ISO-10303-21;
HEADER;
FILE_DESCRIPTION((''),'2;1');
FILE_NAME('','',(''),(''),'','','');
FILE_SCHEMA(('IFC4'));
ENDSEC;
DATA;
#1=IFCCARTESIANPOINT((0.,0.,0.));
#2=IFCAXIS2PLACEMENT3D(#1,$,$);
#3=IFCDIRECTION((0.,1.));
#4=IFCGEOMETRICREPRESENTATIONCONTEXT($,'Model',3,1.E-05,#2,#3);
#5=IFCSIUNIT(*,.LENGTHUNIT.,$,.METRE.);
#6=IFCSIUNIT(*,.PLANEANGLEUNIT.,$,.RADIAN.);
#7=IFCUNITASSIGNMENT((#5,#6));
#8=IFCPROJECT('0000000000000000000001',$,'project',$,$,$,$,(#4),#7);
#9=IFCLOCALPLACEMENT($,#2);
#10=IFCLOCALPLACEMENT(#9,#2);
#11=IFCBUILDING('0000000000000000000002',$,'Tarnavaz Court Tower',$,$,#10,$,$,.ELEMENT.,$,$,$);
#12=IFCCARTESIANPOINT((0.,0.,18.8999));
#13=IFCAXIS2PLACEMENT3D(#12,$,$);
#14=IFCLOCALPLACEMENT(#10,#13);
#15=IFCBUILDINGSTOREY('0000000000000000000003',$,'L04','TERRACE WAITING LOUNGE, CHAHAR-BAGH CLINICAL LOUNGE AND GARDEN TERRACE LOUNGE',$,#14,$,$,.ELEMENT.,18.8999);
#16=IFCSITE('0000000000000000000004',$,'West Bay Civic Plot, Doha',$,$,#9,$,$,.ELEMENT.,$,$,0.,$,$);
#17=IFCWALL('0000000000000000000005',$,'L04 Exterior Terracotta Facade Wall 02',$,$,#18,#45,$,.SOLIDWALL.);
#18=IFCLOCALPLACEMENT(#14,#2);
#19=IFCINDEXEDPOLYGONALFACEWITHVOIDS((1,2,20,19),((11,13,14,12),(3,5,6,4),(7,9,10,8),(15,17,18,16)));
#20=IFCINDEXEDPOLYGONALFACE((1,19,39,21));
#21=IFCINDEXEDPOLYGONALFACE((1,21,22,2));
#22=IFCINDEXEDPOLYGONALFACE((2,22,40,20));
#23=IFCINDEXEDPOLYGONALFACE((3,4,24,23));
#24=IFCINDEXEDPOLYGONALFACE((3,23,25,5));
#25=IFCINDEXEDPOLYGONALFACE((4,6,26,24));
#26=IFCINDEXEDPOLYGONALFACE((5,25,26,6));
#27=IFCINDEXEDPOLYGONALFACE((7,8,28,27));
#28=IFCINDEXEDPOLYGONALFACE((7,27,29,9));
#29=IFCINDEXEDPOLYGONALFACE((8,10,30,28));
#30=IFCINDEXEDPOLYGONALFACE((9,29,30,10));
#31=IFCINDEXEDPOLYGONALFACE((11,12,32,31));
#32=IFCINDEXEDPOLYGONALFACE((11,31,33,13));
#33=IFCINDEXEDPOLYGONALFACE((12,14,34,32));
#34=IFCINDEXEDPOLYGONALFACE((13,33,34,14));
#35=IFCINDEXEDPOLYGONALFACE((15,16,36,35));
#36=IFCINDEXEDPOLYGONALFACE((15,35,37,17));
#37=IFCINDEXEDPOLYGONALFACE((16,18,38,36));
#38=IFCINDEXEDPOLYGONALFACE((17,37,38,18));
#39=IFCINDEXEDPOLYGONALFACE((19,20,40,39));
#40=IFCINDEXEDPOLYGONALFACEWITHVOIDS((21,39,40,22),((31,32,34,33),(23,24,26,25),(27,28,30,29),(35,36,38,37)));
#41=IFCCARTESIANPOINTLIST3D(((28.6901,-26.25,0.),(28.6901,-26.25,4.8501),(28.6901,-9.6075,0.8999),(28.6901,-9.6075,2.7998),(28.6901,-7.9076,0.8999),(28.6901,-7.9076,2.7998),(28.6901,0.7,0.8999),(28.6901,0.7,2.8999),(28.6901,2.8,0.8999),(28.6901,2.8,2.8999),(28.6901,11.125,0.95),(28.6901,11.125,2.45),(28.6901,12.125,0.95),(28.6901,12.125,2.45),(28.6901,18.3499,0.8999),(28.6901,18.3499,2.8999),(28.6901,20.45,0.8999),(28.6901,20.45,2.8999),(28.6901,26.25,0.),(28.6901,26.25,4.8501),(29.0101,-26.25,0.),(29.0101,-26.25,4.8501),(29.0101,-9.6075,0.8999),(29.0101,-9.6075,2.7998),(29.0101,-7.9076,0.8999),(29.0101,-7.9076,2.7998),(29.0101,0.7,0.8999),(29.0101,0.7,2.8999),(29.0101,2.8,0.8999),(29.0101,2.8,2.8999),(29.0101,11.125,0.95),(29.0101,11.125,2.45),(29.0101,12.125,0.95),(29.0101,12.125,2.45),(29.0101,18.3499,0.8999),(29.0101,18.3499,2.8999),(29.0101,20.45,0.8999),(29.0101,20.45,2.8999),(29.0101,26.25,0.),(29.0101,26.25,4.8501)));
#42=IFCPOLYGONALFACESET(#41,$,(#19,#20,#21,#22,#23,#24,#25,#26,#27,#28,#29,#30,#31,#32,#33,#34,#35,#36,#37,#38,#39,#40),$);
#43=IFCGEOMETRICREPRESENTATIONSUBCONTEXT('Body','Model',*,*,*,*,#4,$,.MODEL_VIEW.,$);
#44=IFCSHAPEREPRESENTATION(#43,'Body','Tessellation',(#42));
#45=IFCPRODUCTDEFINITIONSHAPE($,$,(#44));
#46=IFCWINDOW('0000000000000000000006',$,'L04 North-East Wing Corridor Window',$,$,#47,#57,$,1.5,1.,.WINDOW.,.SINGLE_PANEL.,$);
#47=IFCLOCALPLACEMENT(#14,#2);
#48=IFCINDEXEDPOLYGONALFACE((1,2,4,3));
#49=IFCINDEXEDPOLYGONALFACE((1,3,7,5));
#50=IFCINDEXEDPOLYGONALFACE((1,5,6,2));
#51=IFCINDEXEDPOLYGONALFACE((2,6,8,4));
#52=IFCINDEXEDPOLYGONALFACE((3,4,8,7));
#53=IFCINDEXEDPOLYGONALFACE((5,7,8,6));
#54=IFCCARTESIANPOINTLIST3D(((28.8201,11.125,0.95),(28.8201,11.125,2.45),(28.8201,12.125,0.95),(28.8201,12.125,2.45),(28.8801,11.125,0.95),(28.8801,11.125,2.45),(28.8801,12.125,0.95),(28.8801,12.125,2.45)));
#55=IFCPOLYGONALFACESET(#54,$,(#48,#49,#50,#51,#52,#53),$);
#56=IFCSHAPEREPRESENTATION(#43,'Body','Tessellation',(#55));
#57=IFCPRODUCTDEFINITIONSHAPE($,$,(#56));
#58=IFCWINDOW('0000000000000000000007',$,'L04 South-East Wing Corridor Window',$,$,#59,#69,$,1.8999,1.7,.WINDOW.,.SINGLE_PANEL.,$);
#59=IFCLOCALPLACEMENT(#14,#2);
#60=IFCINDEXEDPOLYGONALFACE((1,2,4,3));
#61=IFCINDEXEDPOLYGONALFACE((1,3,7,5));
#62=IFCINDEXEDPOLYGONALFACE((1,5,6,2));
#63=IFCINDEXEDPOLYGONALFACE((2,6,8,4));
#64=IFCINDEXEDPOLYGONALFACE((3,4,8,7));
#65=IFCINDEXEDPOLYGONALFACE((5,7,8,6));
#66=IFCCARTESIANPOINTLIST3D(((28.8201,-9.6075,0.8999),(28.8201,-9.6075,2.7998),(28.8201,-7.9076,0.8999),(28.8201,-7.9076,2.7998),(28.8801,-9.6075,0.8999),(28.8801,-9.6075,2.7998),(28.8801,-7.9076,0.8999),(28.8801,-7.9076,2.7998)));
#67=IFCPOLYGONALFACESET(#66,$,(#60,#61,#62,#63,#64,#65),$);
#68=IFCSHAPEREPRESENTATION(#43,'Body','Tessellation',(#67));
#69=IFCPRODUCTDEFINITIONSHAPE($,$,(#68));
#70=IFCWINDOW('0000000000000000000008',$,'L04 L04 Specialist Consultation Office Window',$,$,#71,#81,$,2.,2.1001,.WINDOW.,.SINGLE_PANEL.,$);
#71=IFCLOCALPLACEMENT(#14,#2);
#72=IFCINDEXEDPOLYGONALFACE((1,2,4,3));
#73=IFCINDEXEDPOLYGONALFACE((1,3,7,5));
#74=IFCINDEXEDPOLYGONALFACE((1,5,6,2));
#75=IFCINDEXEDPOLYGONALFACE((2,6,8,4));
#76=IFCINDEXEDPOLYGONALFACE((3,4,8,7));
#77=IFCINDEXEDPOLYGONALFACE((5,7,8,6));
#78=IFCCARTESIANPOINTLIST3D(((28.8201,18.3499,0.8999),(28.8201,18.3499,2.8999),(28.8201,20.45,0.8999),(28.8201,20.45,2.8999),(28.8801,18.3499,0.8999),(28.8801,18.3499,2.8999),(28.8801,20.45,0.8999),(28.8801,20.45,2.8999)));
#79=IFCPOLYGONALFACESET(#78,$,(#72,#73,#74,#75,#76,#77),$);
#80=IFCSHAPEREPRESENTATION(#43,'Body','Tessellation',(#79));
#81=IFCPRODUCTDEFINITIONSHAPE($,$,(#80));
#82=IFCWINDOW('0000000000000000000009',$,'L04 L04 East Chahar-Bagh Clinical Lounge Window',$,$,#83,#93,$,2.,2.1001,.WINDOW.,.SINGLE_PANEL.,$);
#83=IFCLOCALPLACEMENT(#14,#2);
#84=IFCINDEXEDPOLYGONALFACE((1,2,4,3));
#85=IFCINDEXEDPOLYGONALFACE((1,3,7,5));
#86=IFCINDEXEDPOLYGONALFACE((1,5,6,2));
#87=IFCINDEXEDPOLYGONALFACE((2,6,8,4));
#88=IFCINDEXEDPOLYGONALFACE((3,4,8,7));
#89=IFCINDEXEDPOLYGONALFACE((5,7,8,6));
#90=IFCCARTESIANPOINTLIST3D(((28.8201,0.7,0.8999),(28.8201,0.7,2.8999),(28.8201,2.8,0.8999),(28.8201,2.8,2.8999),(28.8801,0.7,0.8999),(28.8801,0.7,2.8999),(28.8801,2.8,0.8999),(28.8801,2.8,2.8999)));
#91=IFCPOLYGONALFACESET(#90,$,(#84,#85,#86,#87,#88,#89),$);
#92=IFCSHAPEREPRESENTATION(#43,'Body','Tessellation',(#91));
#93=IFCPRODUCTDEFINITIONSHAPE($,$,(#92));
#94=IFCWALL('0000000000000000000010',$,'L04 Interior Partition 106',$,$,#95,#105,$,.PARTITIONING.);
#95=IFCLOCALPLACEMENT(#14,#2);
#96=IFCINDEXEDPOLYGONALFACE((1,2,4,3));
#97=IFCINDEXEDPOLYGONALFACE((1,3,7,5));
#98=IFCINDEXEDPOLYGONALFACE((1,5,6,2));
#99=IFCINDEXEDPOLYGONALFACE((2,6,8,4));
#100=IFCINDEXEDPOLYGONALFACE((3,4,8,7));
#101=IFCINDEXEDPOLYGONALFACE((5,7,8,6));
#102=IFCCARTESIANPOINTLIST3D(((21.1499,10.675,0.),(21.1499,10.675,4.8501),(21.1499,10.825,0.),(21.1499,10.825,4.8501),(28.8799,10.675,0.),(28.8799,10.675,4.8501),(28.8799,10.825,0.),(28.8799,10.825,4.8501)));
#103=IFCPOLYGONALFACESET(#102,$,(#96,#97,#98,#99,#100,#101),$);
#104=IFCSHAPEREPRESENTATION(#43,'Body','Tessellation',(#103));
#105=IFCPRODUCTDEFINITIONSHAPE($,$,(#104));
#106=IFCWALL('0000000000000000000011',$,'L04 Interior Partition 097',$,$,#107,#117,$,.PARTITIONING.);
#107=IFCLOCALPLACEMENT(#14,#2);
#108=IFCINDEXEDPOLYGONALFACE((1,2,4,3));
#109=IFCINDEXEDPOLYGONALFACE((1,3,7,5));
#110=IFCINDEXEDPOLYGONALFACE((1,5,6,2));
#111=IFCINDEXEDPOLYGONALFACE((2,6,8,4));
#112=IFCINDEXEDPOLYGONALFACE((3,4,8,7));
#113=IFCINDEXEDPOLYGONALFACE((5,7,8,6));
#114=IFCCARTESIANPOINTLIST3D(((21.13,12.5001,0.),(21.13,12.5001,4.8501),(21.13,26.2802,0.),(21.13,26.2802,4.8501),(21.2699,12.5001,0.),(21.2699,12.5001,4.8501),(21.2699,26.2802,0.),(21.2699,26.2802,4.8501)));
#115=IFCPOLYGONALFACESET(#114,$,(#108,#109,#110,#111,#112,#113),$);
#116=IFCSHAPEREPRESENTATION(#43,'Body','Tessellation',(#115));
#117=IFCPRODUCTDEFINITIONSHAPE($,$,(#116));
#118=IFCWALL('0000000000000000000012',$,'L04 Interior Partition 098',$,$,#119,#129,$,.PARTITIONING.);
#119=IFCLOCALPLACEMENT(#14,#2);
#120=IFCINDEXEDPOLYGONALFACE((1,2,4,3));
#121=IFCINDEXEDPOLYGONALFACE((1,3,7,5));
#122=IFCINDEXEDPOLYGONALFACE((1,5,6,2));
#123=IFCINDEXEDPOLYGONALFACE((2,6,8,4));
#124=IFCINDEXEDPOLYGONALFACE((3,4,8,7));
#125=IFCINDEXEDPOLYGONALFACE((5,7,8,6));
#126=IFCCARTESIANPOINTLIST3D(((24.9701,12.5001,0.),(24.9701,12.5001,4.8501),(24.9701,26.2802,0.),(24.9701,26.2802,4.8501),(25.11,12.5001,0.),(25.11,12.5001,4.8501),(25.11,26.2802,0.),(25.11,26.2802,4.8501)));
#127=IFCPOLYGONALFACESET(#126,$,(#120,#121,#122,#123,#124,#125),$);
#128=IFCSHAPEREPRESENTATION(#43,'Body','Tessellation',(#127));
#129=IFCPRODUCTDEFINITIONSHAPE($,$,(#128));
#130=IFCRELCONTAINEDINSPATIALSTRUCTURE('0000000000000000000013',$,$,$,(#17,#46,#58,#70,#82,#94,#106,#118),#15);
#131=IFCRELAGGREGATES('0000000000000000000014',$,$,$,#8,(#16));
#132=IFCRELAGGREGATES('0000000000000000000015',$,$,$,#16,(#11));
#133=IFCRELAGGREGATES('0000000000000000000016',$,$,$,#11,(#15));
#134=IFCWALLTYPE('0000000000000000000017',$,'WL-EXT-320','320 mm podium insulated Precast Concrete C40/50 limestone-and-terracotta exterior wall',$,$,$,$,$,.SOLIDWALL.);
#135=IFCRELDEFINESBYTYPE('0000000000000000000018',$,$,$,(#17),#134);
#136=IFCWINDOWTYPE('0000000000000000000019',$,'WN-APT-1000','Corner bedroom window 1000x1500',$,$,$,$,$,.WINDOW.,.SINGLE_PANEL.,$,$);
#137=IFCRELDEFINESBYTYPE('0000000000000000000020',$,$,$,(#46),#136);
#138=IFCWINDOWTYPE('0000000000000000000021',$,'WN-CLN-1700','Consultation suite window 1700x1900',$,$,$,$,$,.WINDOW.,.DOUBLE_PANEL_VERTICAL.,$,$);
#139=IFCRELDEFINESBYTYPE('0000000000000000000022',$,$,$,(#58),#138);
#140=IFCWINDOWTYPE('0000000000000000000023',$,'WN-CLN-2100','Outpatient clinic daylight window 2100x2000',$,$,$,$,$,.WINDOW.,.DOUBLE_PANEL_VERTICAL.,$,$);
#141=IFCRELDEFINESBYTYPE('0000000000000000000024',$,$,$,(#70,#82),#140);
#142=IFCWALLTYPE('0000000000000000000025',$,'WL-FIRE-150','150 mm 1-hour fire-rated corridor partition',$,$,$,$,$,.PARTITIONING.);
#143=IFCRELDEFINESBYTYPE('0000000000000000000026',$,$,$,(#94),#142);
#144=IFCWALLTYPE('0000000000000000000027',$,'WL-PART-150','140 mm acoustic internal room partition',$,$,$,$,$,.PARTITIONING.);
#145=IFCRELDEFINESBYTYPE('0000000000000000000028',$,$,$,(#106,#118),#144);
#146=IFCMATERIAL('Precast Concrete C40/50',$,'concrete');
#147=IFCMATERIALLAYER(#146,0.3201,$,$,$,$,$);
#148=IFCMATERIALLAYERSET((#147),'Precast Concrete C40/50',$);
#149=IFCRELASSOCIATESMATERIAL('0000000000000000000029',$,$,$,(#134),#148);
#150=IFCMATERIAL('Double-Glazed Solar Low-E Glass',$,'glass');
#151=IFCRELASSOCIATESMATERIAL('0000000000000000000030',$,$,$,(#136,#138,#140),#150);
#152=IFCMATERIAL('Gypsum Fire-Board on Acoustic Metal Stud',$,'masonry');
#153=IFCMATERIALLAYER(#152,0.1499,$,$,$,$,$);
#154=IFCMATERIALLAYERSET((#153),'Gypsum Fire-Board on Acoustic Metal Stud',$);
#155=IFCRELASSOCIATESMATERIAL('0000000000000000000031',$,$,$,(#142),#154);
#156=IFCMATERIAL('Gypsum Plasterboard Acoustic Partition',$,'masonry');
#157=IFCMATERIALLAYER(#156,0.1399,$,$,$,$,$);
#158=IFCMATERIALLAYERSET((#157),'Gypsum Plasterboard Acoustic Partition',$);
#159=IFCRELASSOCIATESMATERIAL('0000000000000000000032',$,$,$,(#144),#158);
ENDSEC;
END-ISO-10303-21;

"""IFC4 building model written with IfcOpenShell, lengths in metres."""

from ifc_helpers import new_model, si_unit, direction, frame, frame_2d, origin, place, context, subcontext, project, spatial, rectangle, extrude, material, layer, layer_set, type_object, element, fill, save


model = new_model("IFC4")

# Units and contexts
model_context = context("Model", 3, precision=1e-05, world=origin(), true_north=direction((0.0, 1.0)))
body_context = subcontext(model_context, "Body", "Model", "MODEL_VIEW")
ifc_project = project(units=[si_unit("LENGTHUNIT", "METRE"), si_unit("PLANEANGLEUNIT", "RADIAN")], contexts=[model_context])

# Site, building, storey
site_placement = place(None, origin())
site = spatial("IfcSite", under=ifc_project, at=site_placement, Name="West Bay Civic Plot, Doha", CompositionType="ELEMENT", RefElevation=0.0)
building_placement = place(site_placement, origin())
building = spatial("IfcBuilding", under=site, at=building_placement, Name="Tarnavaz Court Tower", CompositionType="ELEMENT")
storey_placement = place(building_placement, frame((0.0, 0.0, 18.8999)))
storey = spatial("IfcBuildingStorey", under=building, at=storey_placement, Name="L04", Description="TERRACE WAITING LOUNGE, CHAHAR-BAGH CLINICAL LOUNGE AND GARDEN TERRACE LOUNGE", CompositionType="ELEMENT", Elevation=18.8999)

# Wall, openings, windows
ifc_material_1 = material(Name="Precast Concrete C40/50", Category="concrete")
ifc_layer_1 = layer(ifc_material_1, 0.3201)
ifc_layer_set_1 = layer_set([ifc_layer_1], Name="Precast Concrete C40/50")
wall_type_1 = type_object("IfcWallType", Name="WL-EXT-320", Description="320 mm podium insulated Precast Concrete C40/50 limestone-and-terracotta exterior wall", PredefinedType="SOLIDWALL", material=ifc_layer_set_1)
wall_1_placement = place(storey_placement, frame((28.8501, 26.25, 0.0), z_axis=(0.0, 0.0, 1.0), x_axis=(0.0, -1.0, 0.0)))
wall_1 = element("IfcWall", 1, at=wall_1_placement, inside=storey, type_object=wall_type_1, Name="L04 Exterior Terracotta Facade Wall 02", PredefinedType="SOLIDWALL", context=body_context, shape_type="SweptSolid", body=[
    extrude(rectangle(XDim=52.5, YDim=0.3201, at=frame_2d((26.25, 0.0))), origin(), (0.0, 0.0, 1.0), 4.8501),
])
opening_1_placement = place(wall_1_placement, frame((5.8, 0.0, 0.8999)))
opening_1 = element("IfcOpeningElement", 2, at=opening_1_placement, cuts=wall_1, PredefinedType="OPENING", context=body_context, shape_type="SweptSolid", body=[
    extrude(rectangle(XDim=2.1001, YDim=2.0, at=frame_2d((1.05, 1.0))), frame((0.0, 0.1699, 0.0), z_axis=(0.0, -1.0, 0.0), x_axis=(1.0, 0.0, 0.0)), (0.0, 0.0, 1.0), 0.3401),
])
opening_2_placement = place(wall_1_placement, frame((14.125, 0.0, 0.95)))
opening_2 = element("IfcOpeningElement", 3, at=opening_2_placement, cuts=wall_1, PredefinedType="OPENING", context=body_context, shape_type="SweptSolid", body=[
    extrude(rectangle(XDim=1.0, YDim=1.5, at=frame_2d((0.5, 0.75))), frame((0.0, 0.1699, 0.0), z_axis=(0.0, -1.0, 0.0), x_axis=(1.0, 0.0, 0.0)), (0.0, 0.0, 1.0), 0.3401),
])
opening_3_placement = place(wall_1_placement, frame((23.45, 0.0, 0.8999)))
opening_3 = element("IfcOpeningElement", 4, at=opening_3_placement, cuts=wall_1, PredefinedType="OPENING", context=body_context, shape_type="SweptSolid", body=[
    extrude(rectangle(XDim=2.1001, YDim=2.0, at=frame_2d((1.05, 1.0))), frame((0.0, 0.1699, 0.0), z_axis=(0.0, -1.0, 0.0), x_axis=(1.0, 0.0, 0.0)), (0.0, 0.0, 1.0), 0.3401),
])
opening_4_placement = place(wall_1_placement, frame((34.1575, 0.0, 0.8999)))
opening_4 = element("IfcOpeningElement", 5, at=opening_4_placement, cuts=wall_1, PredefinedType="OPENING", context=body_context, shape_type="SweptSolid", body=[
    extrude(rectangle(XDim=1.7, YDim=1.8999, at=frame_2d((0.8501, 0.95))), frame((0.0, 0.1699, 0.0), z_axis=(0.0, -1.0, 0.0), x_axis=(1.0, 0.0, 0.0)), (0.0, 0.0, 1.0), 0.3401),
])
ifc_material_2 = material(Name="Double-Glazed Solar Low-E Glass", Category="glass")
window_type_1 = type_object("IfcWindowType", Name="WN-APT-1000", Description="Corner bedroom window 1000x1500", PartitioningType="SINGLE_PANEL", PredefinedType="WINDOW", material=ifc_material_2)
window_1_placement = place(opening_2_placement, origin())
window_1 = element("IfcWindow", 6, at=window_1_placement, inside=storey, type_object=window_type_1, Name="L04 North-East Wing Corridor Window", OverallHeight=1.5, OverallWidth=1.0, PartitioningType="SINGLE_PANEL", PredefinedType="WINDOW", context=body_context, shape_type="SweptSolid", body=[
    extrude(rectangle(XDim=1.0, YDim=1.5, at=frame_2d((0.5, 0.75))), frame((0.0, 0.03, 0.0), z_axis=(0.0, -1.0, 0.0), x_axis=(1.0, 0.0, 0.0)), (0.0, 0.0, 1.0), 0.0601),
])
fill(opening_2, window_1)
window_type_2 = type_object("IfcWindowType", Name="WN-CLN-1700", Description="Consultation suite window 1700x1900", PartitioningType="DOUBLE_PANEL_VERTICAL", PredefinedType="WINDOW", material=ifc_material_2)
window_2_placement = place(opening_4_placement, origin())
window_2 = element("IfcWindow", 7, at=window_2_placement, inside=storey, type_object=window_type_2, Name="L04 South-East Wing Corridor Window", OverallHeight=1.8999, OverallWidth=1.7, PartitioningType="SINGLE_PANEL", PredefinedType="WINDOW", context=body_context, shape_type="SweptSolid", body=[
    extrude(rectangle(XDim=1.7, YDim=1.8999, at=frame_2d((0.8501, 0.95))), frame((0.0, 0.03, 0.0), z_axis=(0.0, -1.0, 0.0), x_axis=(1.0, 0.0, 0.0)), (0.0, 0.0, 1.0), 0.0601),
])
fill(opening_4, window_2)
window_type_3 = type_object("IfcWindowType", Name="WN-CLN-2100", Description="Outpatient clinic daylight window 2100x2000", PartitioningType="DOUBLE_PANEL_VERTICAL", PredefinedType="WINDOW", material=ifc_material_2)
window_3_placement = place(opening_1_placement, origin())
window_3 = element("IfcWindow", 8, at=window_3_placement, inside=storey, type_object=window_type_3, Name="L04 L04 Specialist Consultation Office Window", OverallHeight=2.0, OverallWidth=2.1001, PartitioningType="SINGLE_PANEL", PredefinedType="WINDOW", context=body_context, shape_type="SweptSolid", body=[
    extrude(rectangle(XDim=2.1001, YDim=2.0, at=frame_2d((1.05, 1.0))), frame((0.0, 0.03, 0.0), z_axis=(0.0, -1.0, 0.0), x_axis=(1.0, 0.0, 0.0)), (0.0, 0.0, 1.0), 0.0601),
])
fill(opening_1, window_3)
window_4_placement = place(opening_3_placement, origin())
window_4 = element("IfcWindow", 9, at=window_4_placement, inside=storey, type_object=window_type_3, Name="L04 L04 East Chahar-Bagh Clinical Lounge Window", OverallHeight=2.0, OverallWidth=2.1001, PartitioningType="SINGLE_PANEL", PredefinedType="WINDOW", context=body_context, shape_type="SweptSolid", body=[
    extrude(rectangle(XDim=2.1001, YDim=2.0, at=frame_2d((1.05, 1.0))), frame((0.0, 0.03, 0.0), z_axis=(0.0, -1.0, 0.0), x_axis=(1.0, 0.0, 0.0)), (0.0, 0.0, 1.0), 0.0601),
])
fill(opening_3, window_4)

# Walls
ifc_material_3 = material(Name="Gypsum Fire-Board on Acoustic Metal Stud", Category="masonry")
ifc_layer_2 = layer(ifc_material_3, 0.1499)
ifc_layer_set_2 = layer_set([ifc_layer_2], Name="Gypsum Fire-Board on Acoustic Metal Stud")
wall_type_2 = type_object("IfcWallType", Name="WL-FIRE-150", Description="150 mm 1-hour fire-rated corridor partition", PredefinedType="PARTITIONING", material=ifc_layer_set_2)
wall_2_placement = place(storey_placement, frame((21.1499, 10.75, 0.0), z_axis=(0.0, 0.0, 1.0), x_axis=(1.0, 0.0, 0.0)))
element("IfcWall", 10, at=wall_2_placement, inside=storey, type_object=wall_type_2, Name="L04 Interior Partition 106", PredefinedType="PARTITIONING", context=body_context, shape_type="SweptSolid", body=[
    extrude(rectangle(XDim=7.73, YDim=0.1499, at=frame_2d((3.865, 0.0))), origin(), (0.0, 0.0, 1.0), 4.8501),
])
ifc_material_4 = material(Name="Gypsum Plasterboard Acoustic Partition", Category="masonry")
ifc_layer_3 = layer(ifc_material_4, 0.1399)
ifc_layer_set_3 = layer_set([ifc_layer_3], Name="Gypsum Plasterboard Acoustic Partition")
wall_type_3 = type_object("IfcWallType", Name="WL-PART-150", Description="140 mm acoustic internal room partition", PredefinedType="PARTITIONING", material=ifc_layer_set_3)
for number, where, z_axis, x_axis, name in (
    (11, (21.2, 12.5, 0.0), (0.0, 0.0, 1.0), (0.0, 1.0, 0.0), "L04 Interior Partition 097"),
    (12, (25.04, 12.5, 0.0), (0.0, 0.0, 1.0), (0.0, 1.0, 0.0), "L04 Interior Partition 098"),
):
    element("IfcWall", number, at=place(storey_placement, frame(where, z_axis=z_axis, x_axis=x_axis)), inside=storey, type_object=wall_type_3, Name=name, PredefinedType="PARTITIONING", context=body_context, shape_type="SweptSolid", body=[
        extrude(rectangle(XDim=13.78, YDim=0.1399, at=frame_2d((6.8901, 0.0))), origin(), (0.0, 0.0, 1.0), 4.8501),
    ])

save(model, "model.ifc")
